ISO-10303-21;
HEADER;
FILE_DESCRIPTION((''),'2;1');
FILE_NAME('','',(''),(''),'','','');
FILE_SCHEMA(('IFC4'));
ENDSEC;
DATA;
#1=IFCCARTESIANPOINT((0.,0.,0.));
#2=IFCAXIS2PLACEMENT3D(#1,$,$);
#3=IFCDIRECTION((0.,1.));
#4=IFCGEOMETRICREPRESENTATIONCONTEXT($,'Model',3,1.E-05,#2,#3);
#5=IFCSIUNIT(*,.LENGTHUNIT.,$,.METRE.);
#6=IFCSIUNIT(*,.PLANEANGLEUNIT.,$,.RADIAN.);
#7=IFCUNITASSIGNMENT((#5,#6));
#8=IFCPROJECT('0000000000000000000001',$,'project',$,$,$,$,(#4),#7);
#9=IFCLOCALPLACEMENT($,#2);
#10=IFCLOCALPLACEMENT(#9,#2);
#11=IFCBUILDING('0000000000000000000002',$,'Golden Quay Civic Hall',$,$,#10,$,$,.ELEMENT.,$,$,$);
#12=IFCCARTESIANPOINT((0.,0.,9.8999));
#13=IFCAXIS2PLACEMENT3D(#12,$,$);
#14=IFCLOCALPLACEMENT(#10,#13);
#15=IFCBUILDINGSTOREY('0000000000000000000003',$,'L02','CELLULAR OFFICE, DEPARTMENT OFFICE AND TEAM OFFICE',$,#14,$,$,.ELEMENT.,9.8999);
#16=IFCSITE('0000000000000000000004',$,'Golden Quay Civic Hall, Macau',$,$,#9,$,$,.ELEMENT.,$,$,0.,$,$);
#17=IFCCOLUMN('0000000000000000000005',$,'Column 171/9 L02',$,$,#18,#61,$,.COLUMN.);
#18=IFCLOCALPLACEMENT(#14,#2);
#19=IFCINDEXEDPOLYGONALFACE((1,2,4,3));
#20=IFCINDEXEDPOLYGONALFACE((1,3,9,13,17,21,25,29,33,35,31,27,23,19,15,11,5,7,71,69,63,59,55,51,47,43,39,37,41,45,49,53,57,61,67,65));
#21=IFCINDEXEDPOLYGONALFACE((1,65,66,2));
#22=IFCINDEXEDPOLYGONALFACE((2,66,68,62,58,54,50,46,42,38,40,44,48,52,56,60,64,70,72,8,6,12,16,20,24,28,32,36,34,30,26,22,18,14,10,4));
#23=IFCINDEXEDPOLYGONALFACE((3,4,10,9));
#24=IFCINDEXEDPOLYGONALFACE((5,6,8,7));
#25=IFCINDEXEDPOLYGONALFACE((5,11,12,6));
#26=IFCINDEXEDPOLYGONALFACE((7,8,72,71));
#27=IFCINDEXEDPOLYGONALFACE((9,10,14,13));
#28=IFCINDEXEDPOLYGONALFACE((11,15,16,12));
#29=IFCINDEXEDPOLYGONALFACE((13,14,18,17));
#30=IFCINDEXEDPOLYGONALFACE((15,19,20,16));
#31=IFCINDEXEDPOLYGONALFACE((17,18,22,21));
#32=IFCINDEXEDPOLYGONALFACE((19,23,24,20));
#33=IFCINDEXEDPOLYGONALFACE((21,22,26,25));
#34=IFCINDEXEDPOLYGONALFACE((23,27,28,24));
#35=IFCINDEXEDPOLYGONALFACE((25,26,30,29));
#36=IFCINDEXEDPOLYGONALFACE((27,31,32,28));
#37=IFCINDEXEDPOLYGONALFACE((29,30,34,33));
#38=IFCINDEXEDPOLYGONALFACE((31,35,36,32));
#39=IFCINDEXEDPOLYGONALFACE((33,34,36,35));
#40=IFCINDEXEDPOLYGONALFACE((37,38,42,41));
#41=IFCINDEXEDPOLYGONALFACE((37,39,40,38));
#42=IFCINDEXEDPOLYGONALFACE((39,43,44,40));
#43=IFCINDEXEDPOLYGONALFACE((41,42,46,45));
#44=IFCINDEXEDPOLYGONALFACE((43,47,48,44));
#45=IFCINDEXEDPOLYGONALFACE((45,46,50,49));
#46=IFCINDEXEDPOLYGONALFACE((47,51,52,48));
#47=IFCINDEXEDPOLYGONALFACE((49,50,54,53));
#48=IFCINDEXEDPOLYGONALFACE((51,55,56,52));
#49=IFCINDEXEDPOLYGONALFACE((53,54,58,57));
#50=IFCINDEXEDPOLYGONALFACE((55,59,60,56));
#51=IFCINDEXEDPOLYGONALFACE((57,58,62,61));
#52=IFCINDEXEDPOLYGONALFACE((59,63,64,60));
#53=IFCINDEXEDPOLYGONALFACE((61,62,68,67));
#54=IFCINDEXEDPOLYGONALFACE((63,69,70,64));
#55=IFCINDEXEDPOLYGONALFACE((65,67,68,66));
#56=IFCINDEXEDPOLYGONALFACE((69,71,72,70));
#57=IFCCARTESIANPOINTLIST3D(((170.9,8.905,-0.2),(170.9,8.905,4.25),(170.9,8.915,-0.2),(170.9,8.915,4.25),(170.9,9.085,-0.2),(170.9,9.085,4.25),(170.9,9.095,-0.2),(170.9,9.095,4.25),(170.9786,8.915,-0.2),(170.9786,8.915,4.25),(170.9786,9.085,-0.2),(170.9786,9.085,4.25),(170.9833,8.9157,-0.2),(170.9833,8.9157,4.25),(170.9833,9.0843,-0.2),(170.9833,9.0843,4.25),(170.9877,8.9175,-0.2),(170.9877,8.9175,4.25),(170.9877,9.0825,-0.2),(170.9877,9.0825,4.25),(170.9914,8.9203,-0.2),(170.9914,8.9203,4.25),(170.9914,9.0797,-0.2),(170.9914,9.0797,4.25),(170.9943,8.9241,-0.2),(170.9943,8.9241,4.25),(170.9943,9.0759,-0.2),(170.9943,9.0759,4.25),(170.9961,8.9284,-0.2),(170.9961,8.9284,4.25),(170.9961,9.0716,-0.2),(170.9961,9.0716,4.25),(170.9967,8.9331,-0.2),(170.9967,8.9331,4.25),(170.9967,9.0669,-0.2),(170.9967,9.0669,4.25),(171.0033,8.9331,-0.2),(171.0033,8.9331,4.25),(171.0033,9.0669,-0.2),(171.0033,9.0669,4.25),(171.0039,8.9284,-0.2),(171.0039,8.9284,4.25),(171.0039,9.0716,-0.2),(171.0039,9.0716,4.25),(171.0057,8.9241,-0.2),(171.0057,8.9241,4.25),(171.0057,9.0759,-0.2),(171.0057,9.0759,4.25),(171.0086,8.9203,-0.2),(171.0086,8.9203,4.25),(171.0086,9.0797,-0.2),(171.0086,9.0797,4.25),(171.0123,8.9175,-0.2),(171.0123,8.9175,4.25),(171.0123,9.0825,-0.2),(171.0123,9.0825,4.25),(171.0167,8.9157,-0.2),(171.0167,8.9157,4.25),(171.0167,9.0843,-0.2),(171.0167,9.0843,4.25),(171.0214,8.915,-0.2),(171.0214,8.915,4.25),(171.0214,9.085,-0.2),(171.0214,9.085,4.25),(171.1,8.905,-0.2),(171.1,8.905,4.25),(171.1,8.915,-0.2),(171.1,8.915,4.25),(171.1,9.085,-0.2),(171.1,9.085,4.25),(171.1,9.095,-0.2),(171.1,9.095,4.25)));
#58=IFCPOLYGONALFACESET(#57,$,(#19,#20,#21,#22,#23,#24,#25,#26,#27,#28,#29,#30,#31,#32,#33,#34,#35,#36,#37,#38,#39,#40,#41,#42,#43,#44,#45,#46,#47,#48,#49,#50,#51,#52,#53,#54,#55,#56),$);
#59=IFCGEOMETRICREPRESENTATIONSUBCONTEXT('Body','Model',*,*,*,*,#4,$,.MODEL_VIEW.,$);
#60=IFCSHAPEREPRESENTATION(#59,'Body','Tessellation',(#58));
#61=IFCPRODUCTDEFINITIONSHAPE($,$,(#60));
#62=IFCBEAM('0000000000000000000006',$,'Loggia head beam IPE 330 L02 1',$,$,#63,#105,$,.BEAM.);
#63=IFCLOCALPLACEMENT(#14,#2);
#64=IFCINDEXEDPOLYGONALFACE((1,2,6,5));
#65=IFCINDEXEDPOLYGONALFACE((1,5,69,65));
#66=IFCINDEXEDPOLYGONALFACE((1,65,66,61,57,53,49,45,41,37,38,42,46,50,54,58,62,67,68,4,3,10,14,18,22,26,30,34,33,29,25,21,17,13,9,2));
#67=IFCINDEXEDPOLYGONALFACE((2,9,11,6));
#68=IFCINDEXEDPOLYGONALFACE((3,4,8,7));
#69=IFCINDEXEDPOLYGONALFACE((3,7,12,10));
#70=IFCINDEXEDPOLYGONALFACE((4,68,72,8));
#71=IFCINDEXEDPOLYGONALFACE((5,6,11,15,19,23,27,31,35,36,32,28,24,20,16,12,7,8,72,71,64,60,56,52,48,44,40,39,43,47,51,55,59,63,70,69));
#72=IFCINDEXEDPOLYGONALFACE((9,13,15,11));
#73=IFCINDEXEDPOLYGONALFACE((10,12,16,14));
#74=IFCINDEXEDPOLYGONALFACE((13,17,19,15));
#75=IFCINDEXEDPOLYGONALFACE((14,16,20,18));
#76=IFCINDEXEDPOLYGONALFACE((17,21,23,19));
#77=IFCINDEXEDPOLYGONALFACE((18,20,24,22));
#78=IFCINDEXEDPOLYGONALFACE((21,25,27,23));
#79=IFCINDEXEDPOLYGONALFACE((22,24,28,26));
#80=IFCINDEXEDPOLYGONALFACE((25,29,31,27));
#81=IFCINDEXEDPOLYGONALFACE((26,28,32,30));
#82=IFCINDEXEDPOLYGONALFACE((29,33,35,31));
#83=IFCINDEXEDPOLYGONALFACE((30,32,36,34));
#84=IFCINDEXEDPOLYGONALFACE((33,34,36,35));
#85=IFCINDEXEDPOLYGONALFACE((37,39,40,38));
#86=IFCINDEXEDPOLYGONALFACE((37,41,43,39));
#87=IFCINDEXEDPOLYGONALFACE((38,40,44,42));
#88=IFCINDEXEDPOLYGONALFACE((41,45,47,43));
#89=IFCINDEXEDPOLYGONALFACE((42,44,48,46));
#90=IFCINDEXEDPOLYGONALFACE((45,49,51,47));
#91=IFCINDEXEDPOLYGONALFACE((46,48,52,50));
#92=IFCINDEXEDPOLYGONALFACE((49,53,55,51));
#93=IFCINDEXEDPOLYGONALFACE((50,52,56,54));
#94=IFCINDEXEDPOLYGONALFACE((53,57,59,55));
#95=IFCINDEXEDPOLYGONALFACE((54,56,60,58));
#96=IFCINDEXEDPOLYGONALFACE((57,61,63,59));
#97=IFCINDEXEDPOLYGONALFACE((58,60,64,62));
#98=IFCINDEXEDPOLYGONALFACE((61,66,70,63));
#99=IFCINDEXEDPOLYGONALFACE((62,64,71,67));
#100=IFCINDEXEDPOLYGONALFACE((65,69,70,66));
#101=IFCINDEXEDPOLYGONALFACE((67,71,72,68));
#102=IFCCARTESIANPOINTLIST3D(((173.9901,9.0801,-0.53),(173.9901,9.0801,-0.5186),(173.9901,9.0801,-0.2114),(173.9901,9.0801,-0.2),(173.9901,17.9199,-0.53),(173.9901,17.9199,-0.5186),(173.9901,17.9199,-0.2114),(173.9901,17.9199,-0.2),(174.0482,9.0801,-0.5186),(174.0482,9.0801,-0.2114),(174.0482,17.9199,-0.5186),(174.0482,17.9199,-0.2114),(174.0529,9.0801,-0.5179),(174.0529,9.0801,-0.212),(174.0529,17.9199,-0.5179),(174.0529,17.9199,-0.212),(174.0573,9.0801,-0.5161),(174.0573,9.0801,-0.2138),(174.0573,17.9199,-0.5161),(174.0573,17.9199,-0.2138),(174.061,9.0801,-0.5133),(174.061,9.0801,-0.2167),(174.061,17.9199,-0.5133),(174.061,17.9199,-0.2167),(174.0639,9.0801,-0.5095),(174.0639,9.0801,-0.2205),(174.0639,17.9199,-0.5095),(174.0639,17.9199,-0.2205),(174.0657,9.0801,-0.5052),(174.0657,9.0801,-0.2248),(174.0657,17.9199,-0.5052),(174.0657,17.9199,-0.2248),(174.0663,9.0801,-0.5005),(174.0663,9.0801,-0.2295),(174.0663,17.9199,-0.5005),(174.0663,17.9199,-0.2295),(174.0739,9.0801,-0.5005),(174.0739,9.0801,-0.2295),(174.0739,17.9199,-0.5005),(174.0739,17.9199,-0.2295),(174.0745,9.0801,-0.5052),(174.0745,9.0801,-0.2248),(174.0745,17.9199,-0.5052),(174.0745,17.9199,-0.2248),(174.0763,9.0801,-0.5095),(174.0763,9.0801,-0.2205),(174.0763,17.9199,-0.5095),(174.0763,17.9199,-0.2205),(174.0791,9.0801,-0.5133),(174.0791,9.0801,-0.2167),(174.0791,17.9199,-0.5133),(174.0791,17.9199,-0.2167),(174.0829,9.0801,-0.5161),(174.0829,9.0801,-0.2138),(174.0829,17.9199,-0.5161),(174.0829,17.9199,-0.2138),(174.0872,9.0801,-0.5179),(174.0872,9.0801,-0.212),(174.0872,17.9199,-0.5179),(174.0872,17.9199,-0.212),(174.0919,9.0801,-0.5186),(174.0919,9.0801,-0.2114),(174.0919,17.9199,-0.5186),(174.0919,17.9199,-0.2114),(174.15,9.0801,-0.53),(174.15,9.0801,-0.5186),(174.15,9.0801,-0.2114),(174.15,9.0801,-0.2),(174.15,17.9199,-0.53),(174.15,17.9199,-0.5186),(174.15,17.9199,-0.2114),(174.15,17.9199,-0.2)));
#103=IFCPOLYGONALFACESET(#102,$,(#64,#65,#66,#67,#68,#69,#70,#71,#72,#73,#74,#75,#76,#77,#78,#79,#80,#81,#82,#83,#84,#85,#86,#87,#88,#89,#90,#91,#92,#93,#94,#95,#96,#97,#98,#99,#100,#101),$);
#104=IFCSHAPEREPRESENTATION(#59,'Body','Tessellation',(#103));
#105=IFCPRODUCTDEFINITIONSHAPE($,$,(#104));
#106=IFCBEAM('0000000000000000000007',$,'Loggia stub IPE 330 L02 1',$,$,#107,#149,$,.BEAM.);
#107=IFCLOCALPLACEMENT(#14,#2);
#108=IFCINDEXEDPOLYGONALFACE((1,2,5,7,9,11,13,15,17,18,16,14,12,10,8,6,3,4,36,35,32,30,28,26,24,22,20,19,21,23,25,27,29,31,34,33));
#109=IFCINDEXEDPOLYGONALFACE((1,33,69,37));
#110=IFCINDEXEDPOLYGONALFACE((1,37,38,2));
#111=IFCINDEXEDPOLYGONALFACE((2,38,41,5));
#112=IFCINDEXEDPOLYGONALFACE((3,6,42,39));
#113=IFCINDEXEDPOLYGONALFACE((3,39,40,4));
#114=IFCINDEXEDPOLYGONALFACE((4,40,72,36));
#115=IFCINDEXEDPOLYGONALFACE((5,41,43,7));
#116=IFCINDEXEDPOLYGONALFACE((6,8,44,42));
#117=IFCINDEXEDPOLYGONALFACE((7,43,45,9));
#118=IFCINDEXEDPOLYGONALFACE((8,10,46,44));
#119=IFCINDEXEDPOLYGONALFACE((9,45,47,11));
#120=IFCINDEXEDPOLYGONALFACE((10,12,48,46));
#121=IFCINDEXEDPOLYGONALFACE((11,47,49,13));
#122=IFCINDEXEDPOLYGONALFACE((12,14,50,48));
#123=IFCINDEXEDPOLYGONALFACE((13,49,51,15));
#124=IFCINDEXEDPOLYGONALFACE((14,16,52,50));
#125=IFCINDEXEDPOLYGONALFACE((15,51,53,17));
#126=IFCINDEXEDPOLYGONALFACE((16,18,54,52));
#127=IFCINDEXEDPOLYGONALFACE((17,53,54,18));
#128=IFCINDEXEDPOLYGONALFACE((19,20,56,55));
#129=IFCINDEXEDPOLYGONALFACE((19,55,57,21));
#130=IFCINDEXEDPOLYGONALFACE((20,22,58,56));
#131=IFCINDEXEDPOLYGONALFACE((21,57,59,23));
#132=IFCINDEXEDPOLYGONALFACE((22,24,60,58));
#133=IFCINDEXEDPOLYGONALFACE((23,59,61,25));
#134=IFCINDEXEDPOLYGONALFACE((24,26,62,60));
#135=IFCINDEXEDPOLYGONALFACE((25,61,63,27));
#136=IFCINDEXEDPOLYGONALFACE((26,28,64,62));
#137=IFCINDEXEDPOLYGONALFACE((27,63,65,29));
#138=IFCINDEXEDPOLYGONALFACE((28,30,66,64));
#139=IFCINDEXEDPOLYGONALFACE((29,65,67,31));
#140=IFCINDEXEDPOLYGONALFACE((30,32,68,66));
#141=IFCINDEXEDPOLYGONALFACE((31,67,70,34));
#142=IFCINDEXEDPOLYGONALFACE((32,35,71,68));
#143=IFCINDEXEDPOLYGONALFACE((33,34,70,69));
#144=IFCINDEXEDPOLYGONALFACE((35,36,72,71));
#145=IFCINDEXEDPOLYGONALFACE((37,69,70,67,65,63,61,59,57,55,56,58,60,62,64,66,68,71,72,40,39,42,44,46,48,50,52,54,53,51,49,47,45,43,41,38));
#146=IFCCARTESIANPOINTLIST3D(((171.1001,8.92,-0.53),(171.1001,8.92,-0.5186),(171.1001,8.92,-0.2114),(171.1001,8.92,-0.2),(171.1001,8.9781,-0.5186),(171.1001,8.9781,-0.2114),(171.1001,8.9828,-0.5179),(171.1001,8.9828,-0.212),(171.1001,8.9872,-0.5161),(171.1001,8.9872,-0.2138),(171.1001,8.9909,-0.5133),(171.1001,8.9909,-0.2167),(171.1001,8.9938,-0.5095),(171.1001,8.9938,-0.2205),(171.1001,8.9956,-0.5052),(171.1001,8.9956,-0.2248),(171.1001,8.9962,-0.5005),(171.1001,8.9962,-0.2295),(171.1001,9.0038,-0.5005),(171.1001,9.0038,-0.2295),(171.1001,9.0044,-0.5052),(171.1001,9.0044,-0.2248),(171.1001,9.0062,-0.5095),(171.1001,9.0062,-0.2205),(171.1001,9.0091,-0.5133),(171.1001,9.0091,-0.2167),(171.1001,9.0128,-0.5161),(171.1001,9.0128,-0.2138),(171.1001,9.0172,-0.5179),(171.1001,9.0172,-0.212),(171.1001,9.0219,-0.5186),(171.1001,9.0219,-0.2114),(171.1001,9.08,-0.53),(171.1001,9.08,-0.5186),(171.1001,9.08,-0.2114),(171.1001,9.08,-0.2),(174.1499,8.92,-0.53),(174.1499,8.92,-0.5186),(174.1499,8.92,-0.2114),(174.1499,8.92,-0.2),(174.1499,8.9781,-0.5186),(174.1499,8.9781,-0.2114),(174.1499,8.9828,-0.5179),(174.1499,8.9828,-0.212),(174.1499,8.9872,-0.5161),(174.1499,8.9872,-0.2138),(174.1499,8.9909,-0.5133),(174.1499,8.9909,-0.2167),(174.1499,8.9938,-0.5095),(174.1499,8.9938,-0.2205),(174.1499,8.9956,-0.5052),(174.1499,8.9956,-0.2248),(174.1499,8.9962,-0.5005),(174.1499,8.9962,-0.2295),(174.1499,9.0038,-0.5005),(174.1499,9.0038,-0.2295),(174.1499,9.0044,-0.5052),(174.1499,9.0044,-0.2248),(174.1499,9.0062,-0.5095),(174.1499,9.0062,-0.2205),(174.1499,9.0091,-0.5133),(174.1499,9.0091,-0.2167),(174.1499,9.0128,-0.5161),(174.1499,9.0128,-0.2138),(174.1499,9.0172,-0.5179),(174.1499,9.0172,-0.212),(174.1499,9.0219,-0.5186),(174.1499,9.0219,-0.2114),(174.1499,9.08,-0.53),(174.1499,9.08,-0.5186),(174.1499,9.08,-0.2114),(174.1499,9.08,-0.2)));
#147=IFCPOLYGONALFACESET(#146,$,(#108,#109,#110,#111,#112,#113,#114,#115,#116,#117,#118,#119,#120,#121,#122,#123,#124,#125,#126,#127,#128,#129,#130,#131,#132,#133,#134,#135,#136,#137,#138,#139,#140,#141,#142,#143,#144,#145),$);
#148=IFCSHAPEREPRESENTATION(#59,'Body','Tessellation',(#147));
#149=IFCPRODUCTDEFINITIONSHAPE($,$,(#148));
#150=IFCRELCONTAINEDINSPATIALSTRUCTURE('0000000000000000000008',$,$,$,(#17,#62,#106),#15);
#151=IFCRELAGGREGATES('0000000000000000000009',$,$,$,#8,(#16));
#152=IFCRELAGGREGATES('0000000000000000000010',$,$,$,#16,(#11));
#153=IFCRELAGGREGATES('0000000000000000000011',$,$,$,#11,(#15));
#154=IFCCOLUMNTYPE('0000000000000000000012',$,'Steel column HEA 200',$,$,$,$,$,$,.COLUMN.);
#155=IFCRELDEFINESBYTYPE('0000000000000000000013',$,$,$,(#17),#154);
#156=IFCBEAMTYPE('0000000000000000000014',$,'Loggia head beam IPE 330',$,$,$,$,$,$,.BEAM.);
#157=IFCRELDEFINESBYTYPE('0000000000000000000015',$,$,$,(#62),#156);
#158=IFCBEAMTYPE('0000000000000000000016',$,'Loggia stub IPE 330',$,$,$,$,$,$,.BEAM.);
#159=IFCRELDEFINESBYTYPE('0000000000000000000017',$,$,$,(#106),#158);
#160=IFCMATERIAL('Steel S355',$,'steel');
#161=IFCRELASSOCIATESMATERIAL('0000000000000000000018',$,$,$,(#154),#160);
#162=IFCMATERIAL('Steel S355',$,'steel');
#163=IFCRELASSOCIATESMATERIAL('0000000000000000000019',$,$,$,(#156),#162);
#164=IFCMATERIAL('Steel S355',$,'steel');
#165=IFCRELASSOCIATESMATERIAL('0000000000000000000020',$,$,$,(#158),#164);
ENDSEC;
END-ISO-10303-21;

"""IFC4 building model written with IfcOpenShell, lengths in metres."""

from ifc_helpers import new_model, si_unit, direction, frame, origin, origin_2d, place, context, subcontext, project, spatial, i_section, extrude, material, material_profile, profile_set, type_object, element, save


model = new_model("IFC4")

# Units and contexts
model_context = context("Model", 3, precision=1e-05, world=origin(), true_north=direction((0.0, 1.0)))
body_context = subcontext(model_context, "Body", "Model", "MODEL_VIEW")
ifc_project = project(units=[si_unit("LENGTHUNIT", "METRE"), si_unit("PLANEANGLEUNIT", "RADIAN")], contexts=[model_context])

# Site, building, storey
site_placement = place(None, origin())
site = spatial("IfcSite", under=ifc_project, at=site_placement, Name="Golden Quay Civic Hall, Macau", CompositionType="ELEMENT", RefElevation=0.0)
building_placement = place(site_placement, origin())
building = spatial("IfcBuilding", under=site, at=building_placement, Name="Golden Quay Civic Hall", CompositionType="ELEMENT")
storey_placement = place(building_placement, frame((0.0, 0.0, 9.8999)))
storey = spatial("IfcBuildingStorey", under=building, at=storey_placement, Name="L02", Description="CELLULAR OFFICE, DEPARTMENT OFFICE AND TEAM OFFICE", CompositionType="ELEMENT", Elevation=9.8999)

# Column
ifc_material_1 = material(Name="Steel S355", Category="steel")
ifc_material_profile_1 = material_profile(ifc_material_1, i_section(OverallWidth=0.2, OverallDepth=0.1899, WebThickness=0.0066, FlangeThickness=0.01, FilletRadius=0.0181, at=origin_2d()), Name="HEA 200")
ifc_profile_set_1 = profile_set([ifc_material_profile_1], Name="Steel S355")
column_type = type_object("IfcColumnType", Name="Steel column HEA 200", PredefinedType="COLUMN", material=ifc_profile_set_1)
column_placement = place(storey_placement, frame((171.0, 9.0, -0.2), z_axis=(0.0, 0.0, 1.0), x_axis=(1.0, 0.0, 0.0)))
element("IfcColumn", 1, at=column_placement, inside=storey, type_object=column_type, Name="Column 171/9 L02", PredefinedType="COLUMN", context=body_context, shape_type="SweptSolid", body=[
    extrude(i_section(OverallWidth=0.2, OverallDepth=0.1899, WebThickness=0.0066, FlangeThickness=0.01, FilletRadius=0.0181, at=origin_2d()), origin(), (0.0, 0.0, 1.0), 4.45),
])

# Beams
ifc_material_2 = material(Name="Steel S355", Category="steel")
ifc_material_profile_2 = material_profile(ifc_material_2, i_section(OverallWidth=0.1599, OverallDepth=0.3301, WebThickness=0.0076, FlangeThickness=0.0115, FilletRadius=0.0181, at=origin_2d()), Name="IPE 330")
ifc_profile_set_2 = profile_set([ifc_material_profile_2], Name="Steel S355")
beam_type_1 = type_object("IfcBeamType", Name="Loggia head beam IPE 330", PredefinedType="BEAM", material=ifc_profile_set_2)
beam_1_placement = place(storey_placement, frame((174.0701, 9.0801, -0.365), z_axis=(0.0, 1.0, 0.0), x_axis=(-1.0, 0.0, 0.0)))
element("IfcBeam", 2, at=beam_1_placement, inside=storey, type_object=beam_type_1, Name="Loggia head beam IPE 330 L02 1", PredefinedType="BEAM", context=body_context, shape_type="SweptSolid", body=[
    extrude(i_section(OverallWidth=0.1599, OverallDepth=0.3301, WebThickness=0.0076, FlangeThickness=0.0115, FilletRadius=0.0181, at=origin_2d()), origin(), (0.0, 0.0, 1.0), 8.8398),
])
ifc_material_3 = material(Name="Steel S355", Category="steel")
ifc_material_profile_3 = material_profile(ifc_material_3, i_section(OverallWidth=0.1599, OverallDepth=0.3301, WebThickness=0.0076, FlangeThickness=0.0115, FilletRadius=0.0181, at=origin_2d()), Name="IPE 330")
ifc_profile_set_3 = profile_set([ifc_material_profile_3], Name="Steel S355")
beam_type_2 = type_object("IfcBeamType", Name="Loggia stub IPE 330", PredefinedType="BEAM", material=ifc_profile_set_3)
beam_2_placement = place(storey_placement, frame((171.1001, 9.0, -0.365), z_axis=(1.0, 0.0, 0.0), x_axis=(0.0, 1.0, 0.0)))
element("IfcBeam", 3, at=beam_2_placement, inside=storey, type_object=beam_type_2, Name="Loggia stub IPE 330 L02 1", PredefinedType="BEAM", context=body_context, shape_type="SweptSolid", body=[
    extrude(i_section(OverallWidth=0.1599, OverallDepth=0.3301, WebThickness=0.0076, FlangeThickness=0.0115, FilletRadius=0.0181, at=origin_2d()), origin(), (0.0, 0.0, 1.0), 3.0498),
])

save(model, "model.ifc")
